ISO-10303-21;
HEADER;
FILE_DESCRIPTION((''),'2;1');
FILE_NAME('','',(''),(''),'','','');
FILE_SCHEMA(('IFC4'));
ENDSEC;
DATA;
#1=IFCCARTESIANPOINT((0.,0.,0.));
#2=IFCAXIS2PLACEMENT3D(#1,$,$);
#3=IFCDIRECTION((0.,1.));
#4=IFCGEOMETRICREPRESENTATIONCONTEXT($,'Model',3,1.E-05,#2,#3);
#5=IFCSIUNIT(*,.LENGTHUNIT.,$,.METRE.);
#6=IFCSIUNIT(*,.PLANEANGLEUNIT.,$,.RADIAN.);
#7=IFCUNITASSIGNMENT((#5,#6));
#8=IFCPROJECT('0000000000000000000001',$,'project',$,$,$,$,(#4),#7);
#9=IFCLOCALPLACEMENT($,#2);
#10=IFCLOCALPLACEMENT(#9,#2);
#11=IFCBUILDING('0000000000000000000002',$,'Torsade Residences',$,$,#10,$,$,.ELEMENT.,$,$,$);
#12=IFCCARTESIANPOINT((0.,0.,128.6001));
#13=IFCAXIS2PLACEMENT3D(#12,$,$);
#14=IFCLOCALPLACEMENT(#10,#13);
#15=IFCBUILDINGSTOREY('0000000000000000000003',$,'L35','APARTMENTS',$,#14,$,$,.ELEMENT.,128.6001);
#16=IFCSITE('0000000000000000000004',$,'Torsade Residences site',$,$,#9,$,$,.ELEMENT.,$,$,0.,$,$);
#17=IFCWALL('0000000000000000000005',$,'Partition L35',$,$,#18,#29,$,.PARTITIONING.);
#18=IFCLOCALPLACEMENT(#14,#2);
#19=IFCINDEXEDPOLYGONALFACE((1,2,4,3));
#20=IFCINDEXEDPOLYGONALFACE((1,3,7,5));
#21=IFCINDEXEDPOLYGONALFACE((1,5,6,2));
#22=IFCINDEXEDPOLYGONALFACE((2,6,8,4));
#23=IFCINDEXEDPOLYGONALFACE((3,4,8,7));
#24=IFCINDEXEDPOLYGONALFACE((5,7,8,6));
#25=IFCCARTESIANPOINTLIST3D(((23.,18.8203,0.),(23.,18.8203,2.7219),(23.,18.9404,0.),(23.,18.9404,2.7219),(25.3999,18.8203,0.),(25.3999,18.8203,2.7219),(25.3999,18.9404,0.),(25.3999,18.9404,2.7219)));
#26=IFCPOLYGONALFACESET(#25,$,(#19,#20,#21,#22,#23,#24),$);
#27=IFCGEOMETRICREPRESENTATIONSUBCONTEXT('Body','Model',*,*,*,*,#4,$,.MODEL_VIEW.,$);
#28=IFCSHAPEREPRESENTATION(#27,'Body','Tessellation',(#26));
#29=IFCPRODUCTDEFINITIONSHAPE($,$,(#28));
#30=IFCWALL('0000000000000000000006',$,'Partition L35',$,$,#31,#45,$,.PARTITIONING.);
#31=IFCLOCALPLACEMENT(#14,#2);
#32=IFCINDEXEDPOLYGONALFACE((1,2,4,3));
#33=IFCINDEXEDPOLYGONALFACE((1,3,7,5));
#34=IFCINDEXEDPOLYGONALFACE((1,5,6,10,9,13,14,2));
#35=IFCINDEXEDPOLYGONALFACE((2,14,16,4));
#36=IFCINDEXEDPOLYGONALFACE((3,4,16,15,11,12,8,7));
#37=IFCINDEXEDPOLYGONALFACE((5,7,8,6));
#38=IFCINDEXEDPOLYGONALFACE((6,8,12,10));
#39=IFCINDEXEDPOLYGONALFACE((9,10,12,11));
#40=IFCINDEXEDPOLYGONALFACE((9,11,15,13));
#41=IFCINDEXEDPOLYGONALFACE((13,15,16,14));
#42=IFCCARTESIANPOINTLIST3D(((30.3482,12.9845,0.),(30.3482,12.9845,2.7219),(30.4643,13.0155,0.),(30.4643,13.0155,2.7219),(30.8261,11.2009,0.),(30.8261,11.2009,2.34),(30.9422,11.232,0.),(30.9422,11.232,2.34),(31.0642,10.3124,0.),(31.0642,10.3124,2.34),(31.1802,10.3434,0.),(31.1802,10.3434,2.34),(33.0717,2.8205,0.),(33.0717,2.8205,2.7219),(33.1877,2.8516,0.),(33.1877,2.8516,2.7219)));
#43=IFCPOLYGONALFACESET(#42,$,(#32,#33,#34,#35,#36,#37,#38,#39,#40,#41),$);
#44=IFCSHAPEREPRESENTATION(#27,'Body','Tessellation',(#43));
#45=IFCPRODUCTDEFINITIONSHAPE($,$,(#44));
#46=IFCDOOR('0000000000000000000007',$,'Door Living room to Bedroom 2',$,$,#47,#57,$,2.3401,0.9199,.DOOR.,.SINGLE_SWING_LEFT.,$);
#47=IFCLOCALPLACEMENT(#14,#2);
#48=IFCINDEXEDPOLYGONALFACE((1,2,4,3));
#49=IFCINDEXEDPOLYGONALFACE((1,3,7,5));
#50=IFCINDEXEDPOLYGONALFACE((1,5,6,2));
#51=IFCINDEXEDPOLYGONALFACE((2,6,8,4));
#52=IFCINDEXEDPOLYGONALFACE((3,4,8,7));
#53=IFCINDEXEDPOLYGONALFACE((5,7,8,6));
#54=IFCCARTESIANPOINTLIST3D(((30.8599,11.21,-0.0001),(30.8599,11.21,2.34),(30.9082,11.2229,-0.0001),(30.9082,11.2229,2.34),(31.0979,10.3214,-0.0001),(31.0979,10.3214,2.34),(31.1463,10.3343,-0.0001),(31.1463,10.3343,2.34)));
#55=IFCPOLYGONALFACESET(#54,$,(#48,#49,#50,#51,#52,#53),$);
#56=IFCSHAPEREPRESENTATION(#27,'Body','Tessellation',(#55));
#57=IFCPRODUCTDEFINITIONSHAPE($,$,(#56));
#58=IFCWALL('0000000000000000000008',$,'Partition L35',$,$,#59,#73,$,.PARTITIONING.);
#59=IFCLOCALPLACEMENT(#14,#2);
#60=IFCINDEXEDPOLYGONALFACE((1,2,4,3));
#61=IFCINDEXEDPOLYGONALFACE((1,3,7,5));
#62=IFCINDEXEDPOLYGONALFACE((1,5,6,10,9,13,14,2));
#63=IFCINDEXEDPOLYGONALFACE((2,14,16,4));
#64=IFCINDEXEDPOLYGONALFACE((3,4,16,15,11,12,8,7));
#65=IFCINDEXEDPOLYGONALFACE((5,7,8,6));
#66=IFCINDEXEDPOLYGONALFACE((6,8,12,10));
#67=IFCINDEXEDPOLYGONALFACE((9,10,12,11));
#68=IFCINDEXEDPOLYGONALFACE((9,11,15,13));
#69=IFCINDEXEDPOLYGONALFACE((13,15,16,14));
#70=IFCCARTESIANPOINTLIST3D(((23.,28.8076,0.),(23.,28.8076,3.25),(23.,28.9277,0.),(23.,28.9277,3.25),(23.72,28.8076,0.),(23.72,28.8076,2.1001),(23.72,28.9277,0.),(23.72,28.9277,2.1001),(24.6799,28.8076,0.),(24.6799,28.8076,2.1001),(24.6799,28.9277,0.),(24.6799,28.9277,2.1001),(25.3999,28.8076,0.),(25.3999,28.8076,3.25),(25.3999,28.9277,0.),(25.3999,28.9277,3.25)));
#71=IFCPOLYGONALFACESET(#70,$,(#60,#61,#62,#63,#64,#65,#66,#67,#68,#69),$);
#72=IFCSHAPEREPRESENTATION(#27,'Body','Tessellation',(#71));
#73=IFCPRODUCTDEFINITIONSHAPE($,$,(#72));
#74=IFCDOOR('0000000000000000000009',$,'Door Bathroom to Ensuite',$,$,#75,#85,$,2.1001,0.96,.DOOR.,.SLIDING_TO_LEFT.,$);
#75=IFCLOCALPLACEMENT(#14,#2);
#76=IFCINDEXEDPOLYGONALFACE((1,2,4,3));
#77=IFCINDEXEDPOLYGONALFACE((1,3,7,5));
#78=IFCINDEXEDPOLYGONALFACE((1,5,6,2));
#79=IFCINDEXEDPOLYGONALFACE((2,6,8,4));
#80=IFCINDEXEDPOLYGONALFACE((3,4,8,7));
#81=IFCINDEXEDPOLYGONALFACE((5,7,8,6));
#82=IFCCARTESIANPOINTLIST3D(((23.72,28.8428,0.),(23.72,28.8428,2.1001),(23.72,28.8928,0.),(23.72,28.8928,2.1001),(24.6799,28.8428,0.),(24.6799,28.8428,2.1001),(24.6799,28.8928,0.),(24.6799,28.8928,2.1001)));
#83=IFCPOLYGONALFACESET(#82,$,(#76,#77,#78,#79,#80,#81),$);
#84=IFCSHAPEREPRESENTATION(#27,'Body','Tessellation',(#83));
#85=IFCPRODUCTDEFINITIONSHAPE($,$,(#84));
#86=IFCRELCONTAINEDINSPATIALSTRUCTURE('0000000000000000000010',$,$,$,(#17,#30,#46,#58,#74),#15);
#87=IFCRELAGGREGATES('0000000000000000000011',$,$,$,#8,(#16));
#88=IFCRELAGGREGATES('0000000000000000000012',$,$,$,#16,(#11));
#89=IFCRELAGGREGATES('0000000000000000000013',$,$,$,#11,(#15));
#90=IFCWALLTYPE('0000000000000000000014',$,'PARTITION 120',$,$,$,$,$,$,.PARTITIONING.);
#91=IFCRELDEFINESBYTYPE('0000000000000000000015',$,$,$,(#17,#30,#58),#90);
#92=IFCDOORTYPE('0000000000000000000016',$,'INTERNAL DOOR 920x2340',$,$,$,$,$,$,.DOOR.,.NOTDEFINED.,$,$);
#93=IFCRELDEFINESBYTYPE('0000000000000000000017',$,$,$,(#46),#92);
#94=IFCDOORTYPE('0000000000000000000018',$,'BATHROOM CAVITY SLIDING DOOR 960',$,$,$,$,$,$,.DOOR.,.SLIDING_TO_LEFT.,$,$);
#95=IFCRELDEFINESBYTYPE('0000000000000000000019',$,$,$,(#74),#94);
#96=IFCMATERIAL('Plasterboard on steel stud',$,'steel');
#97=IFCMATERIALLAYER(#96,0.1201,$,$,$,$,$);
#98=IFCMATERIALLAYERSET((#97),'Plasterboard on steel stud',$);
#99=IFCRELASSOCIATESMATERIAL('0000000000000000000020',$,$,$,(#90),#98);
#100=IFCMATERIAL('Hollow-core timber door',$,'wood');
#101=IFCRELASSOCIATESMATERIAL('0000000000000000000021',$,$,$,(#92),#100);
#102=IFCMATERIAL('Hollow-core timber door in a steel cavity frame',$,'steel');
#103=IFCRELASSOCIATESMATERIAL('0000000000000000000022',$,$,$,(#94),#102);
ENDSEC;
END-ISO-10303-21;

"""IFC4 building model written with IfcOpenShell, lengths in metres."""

from ifc_helpers import new_model, si_unit, direction, frame, frame_2d, origin, place, context, subcontext, project, spatial, rectangle, extrude, material, layer, layer_set, type_object, element, fill, save


model = new_model("IFC4")

# Units and contexts
model_context = context("Model", 3, precision=1e-05, world=origin(), true_north=direction((0.0, 1.0)))
body_context = subcontext(model_context, "Body", "Model", "MODEL_VIEW")
ifc_project = project(units=[si_unit("LENGTHUNIT", "METRE"), si_unit("PLANEANGLEUNIT", "RADIAN")], contexts=[model_context])

# Site, building, storey
site_placement = place(None, origin())
site = spatial("IfcSite", under=ifc_project, at=site_placement, Name="Torsade Residences site", CompositionType="ELEMENT", RefElevation=0.0)
building_placement = place(site_placement, origin())
building = spatial("IfcBuilding", under=site, at=building_placement, Name="Torsade Residences", CompositionType="ELEMENT")
storey_placement = place(building_placement, frame((0.0, 0.0, 128.6001)))
storey = spatial("IfcBuildingStorey", under=building, at=storey_placement, Name="L35", Description="APARTMENTS", CompositionType="ELEMENT", Elevation=128.6001)

# Shared definitions
ifc_material_1 = material(Name="Plasterboard on steel stud", Category="steel")
ifc_layer_1 = layer(ifc_material_1, 0.1201)
ifc_layer_set_1 = layer_set([ifc_layer_1], Name="Plasterboard on steel stud")
wall_type_1 = type_object("IfcWallType", Name="PARTITION 120", PredefinedType="PARTITIONING", material=ifc_layer_set_1)

# Shared definitions
ifc_material_2 = material(Name="Hollow-core timber door", Category="wood")
door_type_1 = type_object("IfcDoorType", Name="INTERNAL DOOR 920x2340", OperationType="NOTDEFINED", PredefinedType="DOOR", material=ifc_material_2)

# Wall
wall_1_placement = place(storey_placement, frame((25.3999, 18.8804, 0.0), z_axis=(0.0, 0.0, 1.0), x_axis=(-1.0, 0.0, 0.0)))
element("IfcWall", 1, at=wall_1_placement, inside=storey, type_object=wall_type_1, Name="Partition L35", PredefinedType="PARTITIONING", context=body_context, shape_type="SweptSolid", body=[
    extrude(rectangle(XDim=2.3999, YDim=0.1201, at=frame_2d((1.2, 0.0))), origin(), (0.0, 0.0, 1.0), 2.7219),
])

# Walls, openings, doors
wall_2_placement = place(storey_placement, frame((30.4062, 13.0, 0.0), z_axis=(0.0, 0.0, 1.0), x_axis=(0.258819, -0.965926, 0.0)))
wall_2 = element("IfcWall", 2, at=wall_2_placement, inside=storey, type_object=wall_type_1, Name="Partition L35", PredefinedType="PARTITIONING", context=body_context, shape_type="SweptSolid", body=[
    extrude(rectangle(XDim=10.5225, YDim=0.1201, at=frame_2d((5.2612, 0.0))), origin(), (0.0, 0.0, 1.0), 2.7219),
])
opening_1_placement = place(wall_2_placement, frame((1.8464, 0.0, 0.0)))
opening_1 = element("IfcOpeningElement", 3, at=opening_1_placement, cuts=wall_2, PredefinedType="OPENING", context=body_context, shape_type="SweptSolid", body=[
    extrude(rectangle(XDim=0.9199, YDim=2.3401, at=frame_2d((0.46, 1.1699))), frame((0.0, 0.0701, 0.0), z_axis=(0.0, -1.0, 0.0), x_axis=(1.0, 0.0, 0.0)), (0.0, 0.0, 1.0), 0.1401),
])
door_1_placement = place(opening_1_placement, origin())
door_1 = element("IfcDoor", 4, at=door_1_placement, inside=storey, type_object=door_type_1, Name="Door Living room to Bedroom 2", OperationType="SINGLE_SWING_LEFT", OverallHeight=2.3401, OverallWidth=0.9199, PredefinedType="DOOR", context=body_context, shape_type="SweptSolid", body=[
    extrude(rectangle(XDim=0.9199, YDim=2.3401, at=frame_2d((0.46, 1.1699))), frame((0.0, 0.0249, 0.0), z_axis=(0.0, -1.0, 0.0), x_axis=(1.0, 0.0, 0.0)), (0.0, 0.0, 1.0), 0.05),
])
fill(opening_1, door_1)
wall_3_placement = place(storey_placement, frame((25.3999, 28.8677, 0.0), z_axis=(0.0, 0.0, 1.0), x_axis=(-1.0, 0.0, 0.0)))
wall_3 = element("IfcWall", 5, at=wall_3_placement, inside=storey, type_object=wall_type_1, Name="Partition L35", PredefinedType="PARTITIONING", context=body_context, shape_type="SweptSolid", body=[
    extrude(rectangle(XDim=2.3999, YDim=0.1201, at=frame_2d((1.2, 0.0))), origin(), (0.0, 0.0, 1.0), 3.25),
])
opening_2_placement = place(wall_3_placement, frame((0.72, 0.0, 0.0)))
opening_2 = element("IfcOpeningElement", 6, at=opening_2_placement, cuts=wall_3, PredefinedType="OPENING", context=body_context, shape_type="SweptSolid", body=[
    extrude(rectangle(XDim=0.96, YDim=2.1001, at=frame_2d((0.48, 1.05))), frame((0.0, 0.0701, 0.0), z_axis=(0.0, -1.0, 0.0), x_axis=(1.0, 0.0, 0.0)), (0.0, 0.0, 1.0), 0.1401),
])
ifc_material_3 = material(Name="Hollow-core timber door in a steel cavity frame", Category="steel")
door_type_2 = type_object("IfcDoorType", Name="BATHROOM CAVITY SLIDING DOOR 960", OperationType="SLIDING_TO_LEFT", PredefinedType="DOOR", material=ifc_material_3)
door_2_placement = place(opening_2_placement, origin())
door_2 = element("IfcDoor", 7, at=door_2_placement, inside=storey, type_object=door_type_2, Name="Door Bathroom to Ensuite", OperationType="SLIDING_TO_LEFT", OverallHeight=2.1001, OverallWidth=0.96, PredefinedType="DOOR", context=body_context, shape_type="SweptSolid", body=[
    extrude(rectangle(XDim=0.96, YDim=2.1001, at=frame_2d((0.48, 1.05))), frame((0.0, 0.0249, 0.0), z_axis=(0.0, -1.0, 0.0), x_axis=(1.0, 0.0, 0.0)), (0.0, 0.0, 1.0), 0.05),
])
fill(opening_2, door_2)

save(model, "model.ifc")
